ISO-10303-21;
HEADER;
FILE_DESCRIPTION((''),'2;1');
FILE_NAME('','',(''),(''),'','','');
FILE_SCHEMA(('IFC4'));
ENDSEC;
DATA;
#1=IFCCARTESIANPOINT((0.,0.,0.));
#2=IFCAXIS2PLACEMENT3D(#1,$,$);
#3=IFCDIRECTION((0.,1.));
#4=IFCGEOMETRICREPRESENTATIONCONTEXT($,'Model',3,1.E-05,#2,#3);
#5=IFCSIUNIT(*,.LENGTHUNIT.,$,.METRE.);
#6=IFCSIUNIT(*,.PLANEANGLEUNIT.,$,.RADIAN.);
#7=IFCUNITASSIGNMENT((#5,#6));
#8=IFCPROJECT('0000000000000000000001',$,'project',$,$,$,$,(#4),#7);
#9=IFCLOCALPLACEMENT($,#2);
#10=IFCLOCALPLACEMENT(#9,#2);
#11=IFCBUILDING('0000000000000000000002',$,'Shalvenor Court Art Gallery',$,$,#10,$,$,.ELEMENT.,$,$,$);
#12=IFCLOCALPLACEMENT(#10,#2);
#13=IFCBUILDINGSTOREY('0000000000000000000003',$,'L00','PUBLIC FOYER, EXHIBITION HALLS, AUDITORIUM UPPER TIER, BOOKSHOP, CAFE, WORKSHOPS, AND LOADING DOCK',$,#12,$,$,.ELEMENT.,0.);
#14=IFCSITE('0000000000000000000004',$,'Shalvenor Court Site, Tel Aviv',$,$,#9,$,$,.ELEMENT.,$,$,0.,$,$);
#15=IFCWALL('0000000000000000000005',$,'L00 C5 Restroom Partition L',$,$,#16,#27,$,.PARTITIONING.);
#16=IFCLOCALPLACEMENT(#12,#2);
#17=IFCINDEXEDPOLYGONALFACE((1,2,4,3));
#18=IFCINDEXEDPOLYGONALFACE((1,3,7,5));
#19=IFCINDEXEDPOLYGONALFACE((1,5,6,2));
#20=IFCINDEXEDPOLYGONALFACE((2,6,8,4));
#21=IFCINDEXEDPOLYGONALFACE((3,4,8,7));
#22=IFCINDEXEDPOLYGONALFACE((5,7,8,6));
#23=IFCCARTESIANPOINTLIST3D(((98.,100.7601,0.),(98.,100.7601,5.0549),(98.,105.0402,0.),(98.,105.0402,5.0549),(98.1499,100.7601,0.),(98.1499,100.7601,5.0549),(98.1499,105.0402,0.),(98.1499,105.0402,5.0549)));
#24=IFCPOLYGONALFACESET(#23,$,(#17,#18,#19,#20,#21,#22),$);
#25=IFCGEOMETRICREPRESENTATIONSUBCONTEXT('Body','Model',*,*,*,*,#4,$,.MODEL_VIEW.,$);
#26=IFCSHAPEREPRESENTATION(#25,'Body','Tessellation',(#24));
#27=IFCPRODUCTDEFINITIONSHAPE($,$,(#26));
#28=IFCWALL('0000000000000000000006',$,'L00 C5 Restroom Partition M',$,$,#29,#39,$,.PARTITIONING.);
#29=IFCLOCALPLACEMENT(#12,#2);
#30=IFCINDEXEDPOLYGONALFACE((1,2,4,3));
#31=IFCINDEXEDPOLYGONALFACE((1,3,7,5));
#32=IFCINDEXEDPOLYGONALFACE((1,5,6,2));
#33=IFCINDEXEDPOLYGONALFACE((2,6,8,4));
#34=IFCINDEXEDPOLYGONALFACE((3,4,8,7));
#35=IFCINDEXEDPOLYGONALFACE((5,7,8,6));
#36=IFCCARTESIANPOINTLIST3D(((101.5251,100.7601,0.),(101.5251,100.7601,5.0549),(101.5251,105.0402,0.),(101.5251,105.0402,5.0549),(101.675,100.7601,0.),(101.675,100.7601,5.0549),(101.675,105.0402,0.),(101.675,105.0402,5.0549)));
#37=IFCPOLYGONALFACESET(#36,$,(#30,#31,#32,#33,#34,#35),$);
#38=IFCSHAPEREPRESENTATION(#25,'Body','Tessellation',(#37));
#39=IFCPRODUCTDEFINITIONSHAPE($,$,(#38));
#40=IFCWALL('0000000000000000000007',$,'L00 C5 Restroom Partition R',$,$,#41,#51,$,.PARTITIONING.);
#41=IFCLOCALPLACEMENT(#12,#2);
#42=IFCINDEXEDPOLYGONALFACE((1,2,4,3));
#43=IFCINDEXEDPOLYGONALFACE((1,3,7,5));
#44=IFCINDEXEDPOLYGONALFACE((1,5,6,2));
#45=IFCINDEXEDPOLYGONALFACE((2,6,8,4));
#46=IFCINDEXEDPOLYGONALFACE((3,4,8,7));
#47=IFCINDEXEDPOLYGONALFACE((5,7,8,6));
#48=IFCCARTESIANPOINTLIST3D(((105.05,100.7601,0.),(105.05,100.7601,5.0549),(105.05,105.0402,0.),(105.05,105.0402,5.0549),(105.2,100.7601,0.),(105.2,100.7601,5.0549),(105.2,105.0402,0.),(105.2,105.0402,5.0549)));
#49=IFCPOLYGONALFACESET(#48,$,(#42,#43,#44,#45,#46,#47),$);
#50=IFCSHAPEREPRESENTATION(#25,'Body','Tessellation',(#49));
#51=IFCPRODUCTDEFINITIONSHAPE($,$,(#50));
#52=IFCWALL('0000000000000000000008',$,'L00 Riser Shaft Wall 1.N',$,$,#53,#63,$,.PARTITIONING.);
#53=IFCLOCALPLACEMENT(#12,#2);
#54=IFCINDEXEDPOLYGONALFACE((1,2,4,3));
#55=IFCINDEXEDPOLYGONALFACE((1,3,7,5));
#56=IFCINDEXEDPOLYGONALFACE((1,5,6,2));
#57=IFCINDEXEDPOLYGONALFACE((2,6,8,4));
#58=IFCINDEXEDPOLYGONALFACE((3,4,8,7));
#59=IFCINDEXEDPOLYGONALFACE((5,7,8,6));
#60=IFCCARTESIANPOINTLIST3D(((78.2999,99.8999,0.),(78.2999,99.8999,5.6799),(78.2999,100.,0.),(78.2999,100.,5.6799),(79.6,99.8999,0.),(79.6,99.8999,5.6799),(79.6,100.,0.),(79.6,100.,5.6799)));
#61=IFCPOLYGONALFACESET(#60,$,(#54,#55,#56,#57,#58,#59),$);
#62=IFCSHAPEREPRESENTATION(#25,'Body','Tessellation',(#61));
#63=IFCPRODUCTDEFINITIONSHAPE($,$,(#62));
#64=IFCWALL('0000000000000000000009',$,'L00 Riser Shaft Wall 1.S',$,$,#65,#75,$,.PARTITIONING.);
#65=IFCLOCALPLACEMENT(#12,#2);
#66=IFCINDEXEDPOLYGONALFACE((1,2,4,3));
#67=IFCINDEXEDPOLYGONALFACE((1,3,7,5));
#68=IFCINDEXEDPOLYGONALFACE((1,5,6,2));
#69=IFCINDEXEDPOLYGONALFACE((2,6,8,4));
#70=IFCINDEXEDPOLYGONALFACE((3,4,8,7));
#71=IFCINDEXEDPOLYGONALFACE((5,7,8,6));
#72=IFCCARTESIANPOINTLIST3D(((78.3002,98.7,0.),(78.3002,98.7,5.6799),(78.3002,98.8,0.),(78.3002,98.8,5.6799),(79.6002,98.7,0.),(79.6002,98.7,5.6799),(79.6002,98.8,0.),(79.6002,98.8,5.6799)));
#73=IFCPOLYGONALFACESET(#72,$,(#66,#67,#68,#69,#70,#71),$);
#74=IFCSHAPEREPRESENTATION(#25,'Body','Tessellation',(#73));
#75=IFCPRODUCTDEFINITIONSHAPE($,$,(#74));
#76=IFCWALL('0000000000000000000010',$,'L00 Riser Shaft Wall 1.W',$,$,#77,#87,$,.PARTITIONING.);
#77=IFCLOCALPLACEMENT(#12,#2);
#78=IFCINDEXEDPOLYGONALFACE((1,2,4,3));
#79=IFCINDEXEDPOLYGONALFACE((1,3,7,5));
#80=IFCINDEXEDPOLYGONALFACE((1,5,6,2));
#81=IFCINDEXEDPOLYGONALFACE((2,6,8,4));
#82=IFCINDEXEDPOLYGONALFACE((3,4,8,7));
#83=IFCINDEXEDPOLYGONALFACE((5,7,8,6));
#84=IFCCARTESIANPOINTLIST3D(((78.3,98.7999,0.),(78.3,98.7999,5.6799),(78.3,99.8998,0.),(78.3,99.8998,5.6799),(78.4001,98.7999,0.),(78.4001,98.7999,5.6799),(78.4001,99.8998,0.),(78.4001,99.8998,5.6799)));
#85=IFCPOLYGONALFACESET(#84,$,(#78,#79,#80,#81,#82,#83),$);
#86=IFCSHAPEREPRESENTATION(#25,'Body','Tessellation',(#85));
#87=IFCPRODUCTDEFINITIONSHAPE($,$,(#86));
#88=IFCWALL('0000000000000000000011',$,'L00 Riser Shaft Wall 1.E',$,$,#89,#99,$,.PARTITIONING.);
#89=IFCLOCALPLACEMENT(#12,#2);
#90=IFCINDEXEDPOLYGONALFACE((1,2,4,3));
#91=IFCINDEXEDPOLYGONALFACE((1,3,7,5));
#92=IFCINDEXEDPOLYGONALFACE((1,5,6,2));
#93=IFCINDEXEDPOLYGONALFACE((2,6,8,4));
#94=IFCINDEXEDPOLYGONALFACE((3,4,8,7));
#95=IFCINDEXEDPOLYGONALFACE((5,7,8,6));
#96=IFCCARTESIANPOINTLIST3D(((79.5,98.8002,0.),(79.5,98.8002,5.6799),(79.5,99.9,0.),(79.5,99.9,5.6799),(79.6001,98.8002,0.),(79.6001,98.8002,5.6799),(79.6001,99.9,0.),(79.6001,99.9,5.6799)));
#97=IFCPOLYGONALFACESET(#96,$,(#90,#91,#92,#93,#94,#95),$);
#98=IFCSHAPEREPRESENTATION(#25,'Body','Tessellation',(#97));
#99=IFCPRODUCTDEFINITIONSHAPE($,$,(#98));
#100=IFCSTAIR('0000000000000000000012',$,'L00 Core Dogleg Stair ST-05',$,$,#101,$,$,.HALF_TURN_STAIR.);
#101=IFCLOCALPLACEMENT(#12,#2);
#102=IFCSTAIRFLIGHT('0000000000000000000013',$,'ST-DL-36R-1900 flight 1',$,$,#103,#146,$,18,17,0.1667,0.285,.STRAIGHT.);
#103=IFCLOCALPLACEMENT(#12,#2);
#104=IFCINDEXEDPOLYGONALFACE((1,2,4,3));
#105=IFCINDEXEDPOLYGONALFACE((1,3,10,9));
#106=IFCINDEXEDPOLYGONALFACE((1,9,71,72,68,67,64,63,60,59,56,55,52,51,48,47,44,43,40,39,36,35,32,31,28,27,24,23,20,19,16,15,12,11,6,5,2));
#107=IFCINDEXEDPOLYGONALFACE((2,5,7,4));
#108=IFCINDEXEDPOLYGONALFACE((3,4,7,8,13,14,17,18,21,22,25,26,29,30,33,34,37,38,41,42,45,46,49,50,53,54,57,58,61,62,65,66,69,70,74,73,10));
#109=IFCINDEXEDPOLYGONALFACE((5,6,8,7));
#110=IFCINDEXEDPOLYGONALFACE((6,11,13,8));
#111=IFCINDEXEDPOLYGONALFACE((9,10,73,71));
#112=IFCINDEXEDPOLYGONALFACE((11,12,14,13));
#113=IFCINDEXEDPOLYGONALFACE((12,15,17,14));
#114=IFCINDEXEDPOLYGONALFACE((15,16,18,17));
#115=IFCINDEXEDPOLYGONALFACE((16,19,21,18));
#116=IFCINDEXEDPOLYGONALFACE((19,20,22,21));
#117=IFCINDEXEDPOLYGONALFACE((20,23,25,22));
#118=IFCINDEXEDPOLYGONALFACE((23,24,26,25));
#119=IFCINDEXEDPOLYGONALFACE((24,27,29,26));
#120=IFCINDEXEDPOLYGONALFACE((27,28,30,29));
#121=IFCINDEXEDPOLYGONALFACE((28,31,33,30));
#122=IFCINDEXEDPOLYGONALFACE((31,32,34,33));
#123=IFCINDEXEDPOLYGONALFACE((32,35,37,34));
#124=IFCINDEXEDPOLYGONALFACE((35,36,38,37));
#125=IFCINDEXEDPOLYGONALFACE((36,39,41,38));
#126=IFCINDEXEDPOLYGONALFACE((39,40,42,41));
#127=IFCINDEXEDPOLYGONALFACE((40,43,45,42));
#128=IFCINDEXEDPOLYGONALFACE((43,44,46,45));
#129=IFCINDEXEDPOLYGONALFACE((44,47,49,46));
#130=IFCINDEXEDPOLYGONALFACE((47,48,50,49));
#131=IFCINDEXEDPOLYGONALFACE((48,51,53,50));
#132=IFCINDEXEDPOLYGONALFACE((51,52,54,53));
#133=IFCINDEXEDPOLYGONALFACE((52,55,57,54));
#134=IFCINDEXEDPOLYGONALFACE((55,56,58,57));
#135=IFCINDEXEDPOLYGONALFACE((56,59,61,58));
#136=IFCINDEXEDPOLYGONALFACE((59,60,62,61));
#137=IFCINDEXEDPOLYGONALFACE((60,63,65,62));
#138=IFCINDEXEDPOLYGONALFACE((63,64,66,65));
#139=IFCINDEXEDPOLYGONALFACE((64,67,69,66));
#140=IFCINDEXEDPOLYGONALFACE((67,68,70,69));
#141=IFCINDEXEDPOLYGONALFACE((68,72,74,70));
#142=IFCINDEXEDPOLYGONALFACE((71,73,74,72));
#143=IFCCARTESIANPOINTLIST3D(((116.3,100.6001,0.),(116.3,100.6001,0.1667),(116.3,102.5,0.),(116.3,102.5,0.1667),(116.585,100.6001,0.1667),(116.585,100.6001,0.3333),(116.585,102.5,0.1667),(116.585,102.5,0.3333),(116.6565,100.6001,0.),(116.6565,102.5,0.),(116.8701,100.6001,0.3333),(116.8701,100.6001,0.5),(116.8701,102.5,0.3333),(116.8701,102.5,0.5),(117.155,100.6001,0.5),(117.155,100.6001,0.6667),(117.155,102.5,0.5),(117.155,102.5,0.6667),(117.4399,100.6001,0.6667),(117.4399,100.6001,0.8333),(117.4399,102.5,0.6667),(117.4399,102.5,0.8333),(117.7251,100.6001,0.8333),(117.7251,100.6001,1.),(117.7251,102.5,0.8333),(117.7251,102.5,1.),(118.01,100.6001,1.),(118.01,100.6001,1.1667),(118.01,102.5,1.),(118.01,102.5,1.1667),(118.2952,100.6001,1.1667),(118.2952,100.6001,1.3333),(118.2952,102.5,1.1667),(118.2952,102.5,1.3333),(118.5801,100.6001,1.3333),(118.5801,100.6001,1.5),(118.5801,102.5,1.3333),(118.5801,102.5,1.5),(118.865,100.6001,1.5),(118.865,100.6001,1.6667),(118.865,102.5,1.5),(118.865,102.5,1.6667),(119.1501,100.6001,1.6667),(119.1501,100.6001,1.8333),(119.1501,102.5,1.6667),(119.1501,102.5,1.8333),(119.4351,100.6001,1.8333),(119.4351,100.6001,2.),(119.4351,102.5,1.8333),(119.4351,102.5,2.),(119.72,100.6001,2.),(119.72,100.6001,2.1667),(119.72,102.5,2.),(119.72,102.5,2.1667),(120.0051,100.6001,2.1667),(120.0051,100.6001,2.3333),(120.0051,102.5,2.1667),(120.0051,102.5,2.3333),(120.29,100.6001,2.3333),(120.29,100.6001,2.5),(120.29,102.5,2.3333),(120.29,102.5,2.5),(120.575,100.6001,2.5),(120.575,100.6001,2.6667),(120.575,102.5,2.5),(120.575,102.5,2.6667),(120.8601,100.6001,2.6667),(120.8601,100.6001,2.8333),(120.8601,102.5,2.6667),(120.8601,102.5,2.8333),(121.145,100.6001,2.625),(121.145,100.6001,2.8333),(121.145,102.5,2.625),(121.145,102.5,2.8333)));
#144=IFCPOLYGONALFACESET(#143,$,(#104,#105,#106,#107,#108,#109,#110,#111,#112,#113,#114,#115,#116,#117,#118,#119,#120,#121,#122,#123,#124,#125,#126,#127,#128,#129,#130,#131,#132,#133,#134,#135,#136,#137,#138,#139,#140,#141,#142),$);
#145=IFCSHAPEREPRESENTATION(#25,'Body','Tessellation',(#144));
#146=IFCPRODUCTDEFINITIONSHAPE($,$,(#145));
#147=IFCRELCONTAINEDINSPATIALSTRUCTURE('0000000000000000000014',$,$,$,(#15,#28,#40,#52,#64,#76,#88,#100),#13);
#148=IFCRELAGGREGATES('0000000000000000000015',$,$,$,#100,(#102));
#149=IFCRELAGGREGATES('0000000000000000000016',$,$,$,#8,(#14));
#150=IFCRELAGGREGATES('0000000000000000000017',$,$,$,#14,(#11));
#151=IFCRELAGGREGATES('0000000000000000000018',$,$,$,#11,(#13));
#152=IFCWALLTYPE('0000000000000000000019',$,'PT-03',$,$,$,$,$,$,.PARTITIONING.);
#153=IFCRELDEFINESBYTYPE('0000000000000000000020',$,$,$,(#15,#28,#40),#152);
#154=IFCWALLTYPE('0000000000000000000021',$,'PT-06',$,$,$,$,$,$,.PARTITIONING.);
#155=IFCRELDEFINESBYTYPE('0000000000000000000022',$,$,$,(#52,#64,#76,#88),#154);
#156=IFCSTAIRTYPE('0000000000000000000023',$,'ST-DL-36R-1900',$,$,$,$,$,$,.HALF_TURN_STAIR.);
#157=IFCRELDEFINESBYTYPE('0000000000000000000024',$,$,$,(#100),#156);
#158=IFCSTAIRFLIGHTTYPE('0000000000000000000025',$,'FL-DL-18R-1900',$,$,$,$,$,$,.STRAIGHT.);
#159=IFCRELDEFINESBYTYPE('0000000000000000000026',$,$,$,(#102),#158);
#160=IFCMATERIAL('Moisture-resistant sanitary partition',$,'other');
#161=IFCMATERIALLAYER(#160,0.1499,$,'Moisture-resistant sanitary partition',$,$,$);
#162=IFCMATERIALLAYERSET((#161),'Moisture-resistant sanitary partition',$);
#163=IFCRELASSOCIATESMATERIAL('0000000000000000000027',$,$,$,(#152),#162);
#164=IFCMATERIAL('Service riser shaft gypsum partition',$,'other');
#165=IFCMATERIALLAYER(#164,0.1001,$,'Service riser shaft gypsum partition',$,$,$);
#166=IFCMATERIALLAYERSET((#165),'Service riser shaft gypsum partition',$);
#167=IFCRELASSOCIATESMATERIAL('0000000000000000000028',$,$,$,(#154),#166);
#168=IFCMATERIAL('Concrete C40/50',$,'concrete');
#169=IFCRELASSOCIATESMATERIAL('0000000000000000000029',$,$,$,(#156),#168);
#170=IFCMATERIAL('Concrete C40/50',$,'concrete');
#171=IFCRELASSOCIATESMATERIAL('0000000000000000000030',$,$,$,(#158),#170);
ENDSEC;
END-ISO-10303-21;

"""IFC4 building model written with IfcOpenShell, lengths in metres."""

from ifc_helpers import new_model, si_unit, direction, frame, frame_2d, origin, place, context, subcontext, project, spatial, polyline, rectangle, outline, extrude, material, layer, layer_set, type_object, element, aggregate, save


model = new_model("IFC4")

# Units and contexts
model_context = context("Model", 3, precision=1e-05, world=origin(), true_north=direction((0.0, 1.0)))
body_context = subcontext(model_context, "Body", "Model", "MODEL_VIEW")
ifc_project = project(units=[si_unit("LENGTHUNIT", "METRE"), si_unit("PLANEANGLEUNIT", "RADIAN")], contexts=[model_context])

# Site, building, storey
site_placement = place(None, origin())
site = spatial("IfcSite", under=ifc_project, at=site_placement, Name="Shalvenor Court Site, Tel Aviv", CompositionType="ELEMENT", RefElevation=0.0)
building_placement = place(site_placement, origin())
building = spatial("IfcBuilding", under=site, at=building_placement, Name="Shalvenor Court Art Gallery", CompositionType="ELEMENT")
storey_placement = place(building_placement, origin())
storey = spatial("IfcBuildingStorey", under=building, at=storey_placement, Name="L00", Description="PUBLIC FOYER, EXHIBITION HALLS, AUDITORIUM UPPER TIER, BOOKSHOP, CAFE, WORKSHOPS, AND LOADING DOCK", CompositionType="ELEMENT", Elevation=0.0)

# Walls
ifc_material_1 = material(Name="Moisture-resistant sanitary partition", Category="other")
ifc_layer_1 = layer(ifc_material_1, 0.1499, Name="Moisture-resistant sanitary partition")
ifc_layer_set_1 = layer_set([ifc_layer_1], Name="Moisture-resistant sanitary partition")
wall_type_1 = type_object("IfcWallType", Name="PT-03", PredefinedType="PARTITIONING", material=ifc_layer_set_1)
for number, where, z_axis, x_axis, name in (
    (1, (98.075, 100.76, 0.0), (0.0, 0.0, 1.0), (0.0, 1.0, 0.0), "L00 C5 Restroom Partition L"),
    (2, (101.6001, 100.76, 0.0), (0.0, 0.0, 1.0), (0.0, 1.0, 0.0), "L00 C5 Restroom Partition M"),
    (3, (105.125, 100.76, 0.0), (0.0, 0.0, 1.0), (0.0, 1.0, 0.0), "L00 C5 Restroom Partition R"),
):
    element("IfcWall", number, at=place(storey_placement, frame(where, z_axis=z_axis, x_axis=x_axis)), inside=storey, type_object=wall_type_1, Name=name, PredefinedType="PARTITIONING", context=body_context, shape_type="SweptSolid", body=[
        extrude(rectangle(XDim=4.28, YDim=0.1499, at=frame_2d((2.1401, 0.0))), origin(), (0.0, 0.0, 1.0), 5.0549),
    ])
ifc_material_2 = material(Name="Service riser shaft gypsum partition", Category="other")
ifc_layer_2 = layer(ifc_material_2, 0.1001, Name="Service riser shaft gypsum partition")
ifc_layer_set_2 = layer_set([ifc_layer_2], Name="Service riser shaft gypsum partition")
wall_type_2 = type_object("IfcWallType", Name="PT-06", PredefinedType="PARTITIONING", material=ifc_layer_set_2)
for number, where, z_axis, x_axis, name in (
    (4, (78.3, 99.95, 0.0), (0.0, 0.0, 1.0), (1.0, 0.0, 0.0), "L00 Riser Shaft Wall 1.N"),
    (5, (79.6001, 98.75, 0.0), (0.0, 0.0, 1.0), (-1.0, 0.0, 0.0), "L00 Riser Shaft Wall 1.S"),
):
    element("IfcWall", number, at=place(storey_placement, frame(where, z_axis=z_axis, x_axis=x_axis)), inside=storey, type_object=wall_type_2, Name=name, PredefinedType="PARTITIONING", context=body_context, shape_type="SweptSolid", body=[
        extrude(rectangle(XDim=1.3, YDim=0.1001, at=frame_2d((0.6499, 0.0))), origin(), (0.0, 0.0, 1.0), 5.6799),
    ])
for number, where, z_axis, x_axis, name in (
    (6, (78.3501, 98.8, 0.0), (0.0, 0.0, 1.0), (0.0, 1.0, 0.0), "L00 Riser Shaft Wall 1.W"),
    (7, (79.55, 99.8999, 0.0), (0.0, 0.0, 1.0), (0.0, -1.0, 0.0), "L00 Riser Shaft Wall 1.E"),
):
    element("IfcWall", number, at=place(storey_placement, frame(where, z_axis=z_axis, x_axis=x_axis)), inside=storey, type_object=wall_type_2, Name=name, PredefinedType="PARTITIONING", context=body_context, shape_type="SweptSolid", body=[
        extrude(rectangle(XDim=1.0999, YDim=0.1001, at=frame_2d((0.5498, 0.0))), origin(), (0.0, 0.0, 1.0), 5.6799),
    ])

# Stair, stair flight
ifc_material_3 = material(Name="Concrete C40/50", Category="concrete")
stair_type = type_object("IfcStairType", Name="ST-DL-36R-1900", PredefinedType="HALF_TURN_STAIR", material=ifc_material_3)
stair_placement = place(storey_placement, origin())
stair = element("IfcStair", 8, at=stair_placement, inside=storey, type_object=stair_type, Name="L00 Core Dogleg Stair ST-05", PredefinedType="HALF_TURN_STAIR")
ifc_material_4 = material(Name="Concrete C40/50", Category="concrete")
stair_flight_type = type_object("IfcStairFlightType", Name="FL-DL-18R-1900", PredefinedType="STRAIGHT", material=ifc_material_4)
stair_flight_placement = place(storey_placement, frame((116.3, 101.55, 0.0), z_axis=(0.0, 0.0, 1.0), x_axis=(1.0, 0.0, 0.0)))
stair_flight = element("IfcStairFlight", 9, at=stair_flight_placement, type_object=stair_flight_type, Name="ST-DL-36R-1900 flight 1", NumberOfRisers=18, NumberOfTreads=17, PredefinedType="STRAIGHT", RiserHeight=0.1667, TreadLength=0.285, context=body_context, shape_type="SweptSolid", body=[
    extrude(outline(polyline([(0.0, 0.0), (0.0, 0.1667), (0.2849, 0.1667), (0.2849, 0.3333), (0.5701, 0.3333), (0.5701, 0.5), (0.855, 0.5), (0.855, 0.6667), (1.1399, 0.6667), (1.1399, 0.8333), (1.425, 0.8333), (1.425, 1.0), (1.71, 1.0), (1.71, 1.1667), (1.9951, 1.1667), (1.9951, 1.3333), (2.28, 1.3333), (2.28, 1.5), (2.5649, 1.5), (2.5649, 1.6667), (2.8501, 1.6667), (2.8501, 1.8333), (3.135, 1.8333), (3.135, 2.0), (3.4199, 2.0), (3.4199, 2.1667), (3.7051, 2.1667), (3.7051, 2.3333), (3.99, 2.3333), (3.99, 2.5), (4.2749, 2.5), (4.2749, 2.6667), (4.5601, 2.6667), (4.5601, 2.8333), (4.845, 2.8333), (4.845, 3.0), (4.845, 2.625), (0.3564, 0.0), (0.0, 0.0)])), frame((0.0, 0.95, 0.0), z_axis=(0.0, -1.0, 0.0), x_axis=(1.0, 0.0, 0.0)), (0.0, 0.0, 1.0), 1.8999),
])
aggregate(stair, [stair_flight])

save(model, "model.ifc")
